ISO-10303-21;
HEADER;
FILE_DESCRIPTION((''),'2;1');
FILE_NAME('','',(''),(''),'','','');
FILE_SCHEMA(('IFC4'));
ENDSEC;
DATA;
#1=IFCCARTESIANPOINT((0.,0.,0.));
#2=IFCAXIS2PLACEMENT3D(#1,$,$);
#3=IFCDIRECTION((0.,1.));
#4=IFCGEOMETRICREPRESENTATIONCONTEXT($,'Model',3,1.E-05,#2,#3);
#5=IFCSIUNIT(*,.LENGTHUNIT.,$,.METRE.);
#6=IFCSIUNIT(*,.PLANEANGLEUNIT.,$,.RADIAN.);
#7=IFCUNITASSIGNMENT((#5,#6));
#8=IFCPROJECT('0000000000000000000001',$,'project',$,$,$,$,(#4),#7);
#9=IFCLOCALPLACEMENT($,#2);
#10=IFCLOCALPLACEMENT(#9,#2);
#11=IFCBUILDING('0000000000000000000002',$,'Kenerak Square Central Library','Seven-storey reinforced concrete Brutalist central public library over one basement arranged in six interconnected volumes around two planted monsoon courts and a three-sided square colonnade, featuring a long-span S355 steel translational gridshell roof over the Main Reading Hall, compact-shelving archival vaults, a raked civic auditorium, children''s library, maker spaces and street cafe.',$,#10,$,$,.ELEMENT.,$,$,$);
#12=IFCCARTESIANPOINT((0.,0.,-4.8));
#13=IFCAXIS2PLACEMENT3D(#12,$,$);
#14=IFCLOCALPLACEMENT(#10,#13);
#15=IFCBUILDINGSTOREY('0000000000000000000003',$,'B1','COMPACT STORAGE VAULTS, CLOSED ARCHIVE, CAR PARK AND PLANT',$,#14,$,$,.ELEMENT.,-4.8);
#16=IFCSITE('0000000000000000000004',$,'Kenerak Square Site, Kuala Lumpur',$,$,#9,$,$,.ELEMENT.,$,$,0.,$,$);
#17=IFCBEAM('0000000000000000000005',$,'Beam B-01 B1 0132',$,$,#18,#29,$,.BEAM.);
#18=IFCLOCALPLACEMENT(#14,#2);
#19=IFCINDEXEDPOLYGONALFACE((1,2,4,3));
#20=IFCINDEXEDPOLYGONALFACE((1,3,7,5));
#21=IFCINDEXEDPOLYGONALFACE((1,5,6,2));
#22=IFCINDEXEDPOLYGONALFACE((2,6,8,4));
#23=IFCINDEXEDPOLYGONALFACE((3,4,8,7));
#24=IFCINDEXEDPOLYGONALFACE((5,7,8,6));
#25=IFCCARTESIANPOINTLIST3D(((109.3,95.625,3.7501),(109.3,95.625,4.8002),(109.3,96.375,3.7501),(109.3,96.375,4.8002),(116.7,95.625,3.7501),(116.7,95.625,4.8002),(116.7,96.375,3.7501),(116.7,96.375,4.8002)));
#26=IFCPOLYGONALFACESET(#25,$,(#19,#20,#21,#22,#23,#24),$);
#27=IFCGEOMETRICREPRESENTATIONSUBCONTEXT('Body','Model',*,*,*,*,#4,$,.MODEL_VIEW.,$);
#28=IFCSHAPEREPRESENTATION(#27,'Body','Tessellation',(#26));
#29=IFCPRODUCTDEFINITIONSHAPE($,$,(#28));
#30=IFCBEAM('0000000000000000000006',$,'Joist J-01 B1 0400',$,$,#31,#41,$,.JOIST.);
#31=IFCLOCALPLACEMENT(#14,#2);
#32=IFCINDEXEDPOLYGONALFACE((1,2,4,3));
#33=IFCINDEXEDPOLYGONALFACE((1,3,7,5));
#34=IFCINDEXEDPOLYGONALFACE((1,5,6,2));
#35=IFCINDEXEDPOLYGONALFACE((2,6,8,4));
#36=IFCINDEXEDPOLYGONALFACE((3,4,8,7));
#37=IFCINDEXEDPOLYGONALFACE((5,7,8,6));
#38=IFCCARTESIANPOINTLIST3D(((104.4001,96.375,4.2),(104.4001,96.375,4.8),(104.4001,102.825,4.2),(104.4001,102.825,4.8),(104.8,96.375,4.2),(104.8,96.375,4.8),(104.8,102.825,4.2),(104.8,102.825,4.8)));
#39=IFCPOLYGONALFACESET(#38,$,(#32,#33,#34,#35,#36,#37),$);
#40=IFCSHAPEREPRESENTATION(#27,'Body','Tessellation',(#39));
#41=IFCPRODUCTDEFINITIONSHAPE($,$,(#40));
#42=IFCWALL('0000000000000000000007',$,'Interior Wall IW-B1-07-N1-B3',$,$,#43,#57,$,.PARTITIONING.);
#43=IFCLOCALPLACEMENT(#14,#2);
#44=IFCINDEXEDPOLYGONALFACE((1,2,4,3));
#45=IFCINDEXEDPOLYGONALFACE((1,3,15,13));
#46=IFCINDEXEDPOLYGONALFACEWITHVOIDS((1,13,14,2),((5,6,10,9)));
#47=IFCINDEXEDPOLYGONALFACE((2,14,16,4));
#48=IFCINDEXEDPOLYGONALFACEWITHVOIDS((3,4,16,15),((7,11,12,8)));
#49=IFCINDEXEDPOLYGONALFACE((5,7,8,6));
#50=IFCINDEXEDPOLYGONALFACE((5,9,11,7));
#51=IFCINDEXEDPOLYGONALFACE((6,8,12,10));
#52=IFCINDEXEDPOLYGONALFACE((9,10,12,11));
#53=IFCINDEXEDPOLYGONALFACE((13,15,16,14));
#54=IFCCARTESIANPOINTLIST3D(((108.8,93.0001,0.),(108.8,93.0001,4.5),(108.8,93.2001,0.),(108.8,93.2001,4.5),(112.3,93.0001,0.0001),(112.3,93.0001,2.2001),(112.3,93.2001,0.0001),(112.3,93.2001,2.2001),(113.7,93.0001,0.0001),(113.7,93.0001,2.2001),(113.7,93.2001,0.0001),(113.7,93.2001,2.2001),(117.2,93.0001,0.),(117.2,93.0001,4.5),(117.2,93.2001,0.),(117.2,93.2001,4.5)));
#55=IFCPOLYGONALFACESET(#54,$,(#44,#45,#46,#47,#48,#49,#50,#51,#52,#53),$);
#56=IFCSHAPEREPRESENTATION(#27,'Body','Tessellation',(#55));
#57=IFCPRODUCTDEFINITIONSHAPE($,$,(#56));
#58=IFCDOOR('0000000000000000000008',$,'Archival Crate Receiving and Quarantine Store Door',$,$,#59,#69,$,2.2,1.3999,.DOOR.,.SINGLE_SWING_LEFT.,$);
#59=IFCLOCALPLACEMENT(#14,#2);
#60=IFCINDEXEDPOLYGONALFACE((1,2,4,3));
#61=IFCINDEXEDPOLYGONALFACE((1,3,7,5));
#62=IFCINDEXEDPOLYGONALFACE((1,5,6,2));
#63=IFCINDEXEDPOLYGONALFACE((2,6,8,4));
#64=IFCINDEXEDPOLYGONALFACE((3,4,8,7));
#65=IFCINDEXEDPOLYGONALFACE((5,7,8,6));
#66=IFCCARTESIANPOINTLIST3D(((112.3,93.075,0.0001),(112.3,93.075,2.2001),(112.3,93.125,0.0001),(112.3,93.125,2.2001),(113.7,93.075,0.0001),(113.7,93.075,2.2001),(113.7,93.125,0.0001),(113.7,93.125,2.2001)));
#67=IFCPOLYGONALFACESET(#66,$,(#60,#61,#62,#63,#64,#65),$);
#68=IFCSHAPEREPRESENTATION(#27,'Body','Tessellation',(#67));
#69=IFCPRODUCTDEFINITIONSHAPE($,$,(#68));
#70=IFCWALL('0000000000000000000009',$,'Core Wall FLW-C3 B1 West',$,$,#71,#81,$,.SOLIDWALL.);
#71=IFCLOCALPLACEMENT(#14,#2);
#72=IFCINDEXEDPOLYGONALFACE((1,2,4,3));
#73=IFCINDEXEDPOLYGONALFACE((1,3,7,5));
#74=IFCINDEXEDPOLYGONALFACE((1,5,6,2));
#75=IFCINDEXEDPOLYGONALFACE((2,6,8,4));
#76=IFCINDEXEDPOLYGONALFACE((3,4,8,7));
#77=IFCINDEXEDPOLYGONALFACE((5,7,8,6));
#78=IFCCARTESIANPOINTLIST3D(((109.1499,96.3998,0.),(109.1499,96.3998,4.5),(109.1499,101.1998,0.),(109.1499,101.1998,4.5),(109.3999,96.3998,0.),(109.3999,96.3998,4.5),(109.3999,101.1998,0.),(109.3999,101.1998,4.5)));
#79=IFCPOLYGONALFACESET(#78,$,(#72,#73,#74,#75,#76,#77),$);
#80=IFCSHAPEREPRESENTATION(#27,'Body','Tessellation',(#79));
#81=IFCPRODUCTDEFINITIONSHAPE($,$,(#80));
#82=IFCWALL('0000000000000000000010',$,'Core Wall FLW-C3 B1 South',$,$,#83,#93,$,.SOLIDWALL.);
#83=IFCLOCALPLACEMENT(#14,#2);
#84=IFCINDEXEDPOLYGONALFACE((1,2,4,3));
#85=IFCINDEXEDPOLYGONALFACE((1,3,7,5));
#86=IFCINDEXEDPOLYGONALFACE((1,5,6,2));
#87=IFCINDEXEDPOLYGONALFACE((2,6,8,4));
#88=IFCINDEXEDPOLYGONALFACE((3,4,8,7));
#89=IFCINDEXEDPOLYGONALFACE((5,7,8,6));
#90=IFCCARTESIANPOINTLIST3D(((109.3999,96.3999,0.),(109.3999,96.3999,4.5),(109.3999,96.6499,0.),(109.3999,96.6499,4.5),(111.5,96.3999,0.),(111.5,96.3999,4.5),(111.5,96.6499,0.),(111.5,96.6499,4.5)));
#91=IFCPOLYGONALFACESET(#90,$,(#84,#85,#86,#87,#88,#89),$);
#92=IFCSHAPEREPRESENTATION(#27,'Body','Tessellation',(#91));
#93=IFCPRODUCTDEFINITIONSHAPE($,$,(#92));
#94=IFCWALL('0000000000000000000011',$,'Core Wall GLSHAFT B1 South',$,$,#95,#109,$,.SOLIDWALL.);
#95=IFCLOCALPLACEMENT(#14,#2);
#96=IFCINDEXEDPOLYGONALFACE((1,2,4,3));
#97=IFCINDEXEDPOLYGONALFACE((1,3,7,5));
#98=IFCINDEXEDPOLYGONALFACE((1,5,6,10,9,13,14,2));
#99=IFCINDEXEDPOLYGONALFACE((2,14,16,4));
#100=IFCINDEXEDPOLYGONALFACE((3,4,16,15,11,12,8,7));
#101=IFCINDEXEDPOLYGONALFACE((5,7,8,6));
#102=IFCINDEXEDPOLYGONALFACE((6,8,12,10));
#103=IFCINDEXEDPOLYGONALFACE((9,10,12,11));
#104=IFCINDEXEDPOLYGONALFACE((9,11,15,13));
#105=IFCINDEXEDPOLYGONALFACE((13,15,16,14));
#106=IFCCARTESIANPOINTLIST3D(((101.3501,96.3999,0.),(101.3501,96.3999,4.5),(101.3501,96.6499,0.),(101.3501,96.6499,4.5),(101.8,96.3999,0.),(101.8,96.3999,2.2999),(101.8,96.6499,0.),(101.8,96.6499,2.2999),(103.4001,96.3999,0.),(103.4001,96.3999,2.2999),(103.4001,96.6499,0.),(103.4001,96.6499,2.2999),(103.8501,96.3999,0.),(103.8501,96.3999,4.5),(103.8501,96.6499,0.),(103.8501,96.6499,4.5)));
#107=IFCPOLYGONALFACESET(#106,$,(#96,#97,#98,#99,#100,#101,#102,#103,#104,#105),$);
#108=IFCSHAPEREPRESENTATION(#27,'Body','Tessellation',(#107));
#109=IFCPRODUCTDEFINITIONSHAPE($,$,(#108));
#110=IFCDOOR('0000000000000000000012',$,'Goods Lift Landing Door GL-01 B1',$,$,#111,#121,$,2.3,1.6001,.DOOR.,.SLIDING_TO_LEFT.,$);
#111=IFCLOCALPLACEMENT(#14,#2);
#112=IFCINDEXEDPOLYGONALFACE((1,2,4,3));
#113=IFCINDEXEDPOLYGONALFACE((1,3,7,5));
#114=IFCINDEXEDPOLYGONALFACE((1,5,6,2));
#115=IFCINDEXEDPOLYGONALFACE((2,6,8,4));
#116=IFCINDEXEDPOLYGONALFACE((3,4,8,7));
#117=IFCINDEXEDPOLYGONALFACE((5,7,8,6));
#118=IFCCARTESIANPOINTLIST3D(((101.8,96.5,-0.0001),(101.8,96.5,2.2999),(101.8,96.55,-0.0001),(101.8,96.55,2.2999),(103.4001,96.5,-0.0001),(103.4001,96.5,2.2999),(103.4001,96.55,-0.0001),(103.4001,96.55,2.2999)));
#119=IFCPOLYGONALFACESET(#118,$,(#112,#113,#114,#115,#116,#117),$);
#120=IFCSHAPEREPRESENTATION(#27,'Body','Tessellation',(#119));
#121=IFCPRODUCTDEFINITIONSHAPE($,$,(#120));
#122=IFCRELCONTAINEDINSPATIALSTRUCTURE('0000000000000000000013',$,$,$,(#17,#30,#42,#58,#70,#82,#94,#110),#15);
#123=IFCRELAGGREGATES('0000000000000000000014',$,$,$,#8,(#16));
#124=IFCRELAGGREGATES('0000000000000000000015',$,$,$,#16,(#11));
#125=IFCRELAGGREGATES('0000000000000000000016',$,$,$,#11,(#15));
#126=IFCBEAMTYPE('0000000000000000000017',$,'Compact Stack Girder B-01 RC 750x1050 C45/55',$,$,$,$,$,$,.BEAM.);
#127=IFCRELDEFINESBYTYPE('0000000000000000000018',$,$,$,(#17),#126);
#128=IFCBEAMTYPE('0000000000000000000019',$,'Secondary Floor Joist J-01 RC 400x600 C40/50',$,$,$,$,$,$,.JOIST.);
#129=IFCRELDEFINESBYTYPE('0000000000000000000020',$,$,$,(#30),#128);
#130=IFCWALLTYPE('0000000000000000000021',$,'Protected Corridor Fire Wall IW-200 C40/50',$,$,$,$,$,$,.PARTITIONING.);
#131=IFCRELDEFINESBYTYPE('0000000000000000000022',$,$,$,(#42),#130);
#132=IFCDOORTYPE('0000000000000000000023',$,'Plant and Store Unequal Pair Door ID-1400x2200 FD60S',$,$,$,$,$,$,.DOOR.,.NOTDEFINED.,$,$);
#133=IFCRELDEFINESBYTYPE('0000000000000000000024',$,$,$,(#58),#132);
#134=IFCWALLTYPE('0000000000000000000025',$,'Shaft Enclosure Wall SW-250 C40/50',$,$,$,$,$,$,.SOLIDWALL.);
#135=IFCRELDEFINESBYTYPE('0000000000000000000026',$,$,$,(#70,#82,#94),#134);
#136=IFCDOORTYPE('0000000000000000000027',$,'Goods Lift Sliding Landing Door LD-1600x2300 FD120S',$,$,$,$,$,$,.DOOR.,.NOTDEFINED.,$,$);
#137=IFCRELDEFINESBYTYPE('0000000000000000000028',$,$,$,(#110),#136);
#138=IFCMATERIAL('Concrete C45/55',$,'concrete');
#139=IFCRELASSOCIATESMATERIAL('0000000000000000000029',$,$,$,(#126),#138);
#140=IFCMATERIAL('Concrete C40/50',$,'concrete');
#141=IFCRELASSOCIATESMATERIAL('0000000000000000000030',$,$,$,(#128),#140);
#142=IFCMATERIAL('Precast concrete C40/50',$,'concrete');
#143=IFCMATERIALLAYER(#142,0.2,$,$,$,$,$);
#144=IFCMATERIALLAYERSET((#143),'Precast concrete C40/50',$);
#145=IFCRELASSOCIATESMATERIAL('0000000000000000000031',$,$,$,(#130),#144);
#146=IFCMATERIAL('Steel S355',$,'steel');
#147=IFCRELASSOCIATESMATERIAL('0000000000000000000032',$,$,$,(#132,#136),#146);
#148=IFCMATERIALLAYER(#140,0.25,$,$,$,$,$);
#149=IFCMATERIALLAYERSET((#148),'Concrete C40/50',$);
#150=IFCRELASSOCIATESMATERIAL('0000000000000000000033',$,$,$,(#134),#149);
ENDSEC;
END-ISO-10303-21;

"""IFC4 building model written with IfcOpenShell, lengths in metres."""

from ifc_helpers import new_model, si_unit, direction, frame, frame_2d, origin, origin_2d, place, context, subcontext, project, spatial, rectangle, extrude, material, layer, layer_set, material_profile, profile_set, type_object, element, fill, save


model = new_model("IFC4")

# Units and contexts
model_context = context("Model", 3, precision=1e-05, world=origin(), true_north=direction((0.0, 1.0)))
body_context = subcontext(model_context, "Body", "Model", "MODEL_VIEW")
ifc_project = project(units=[si_unit("LENGTHUNIT", "METRE"), si_unit("PLANEANGLEUNIT", "RADIAN")], contexts=[model_context])

# Site, building, storey
site_placement = place(None, origin())
site = spatial("IfcSite", under=ifc_project, at=site_placement, Name="Kenerak Square Site, Kuala Lumpur", CompositionType="ELEMENT", RefElevation=0.0)
building_placement = place(site_placement, origin())
building = spatial("IfcBuilding", under=site, at=building_placement, Name="Kenerak Square Central Library", Description="Seven-storey reinforced concrete Brutalist central public library over one basement arranged in six interconnected volumes around two planted monsoon courts and a three-sided square colonnade, featuring a long-span S355 steel translational gridshell roof over the Main Reading Hall, compact-shelving archival vaults, a raked civic auditorium, children's library, maker spaces and street cafe.", CompositionType="ELEMENT")
storey_placement = place(building_placement, frame((0.0, 0.0, -4.8)))
storey = spatial("IfcBuildingStorey", under=building, at=storey_placement, Name="B1", Description="COMPACT STORAGE VAULTS, CLOSED ARCHIVE, CAR PARK AND PLANT", CompositionType="ELEMENT", Elevation=-4.8)

# Shared definitions
ifc_material_1 = material(Name="Concrete C40/50", Category="concrete")

# Shared definitions
ifc_material_2 = material(Name="Concrete C45/55", Category="concrete")

# Beams
ifc_material_profile_1 = material_profile(ifc_material_2, rectangle(XDim=0.75, YDim=1.05, at=origin_2d()), Name="RC 750x1050")
ifc_profile_set_1 = profile_set([ifc_material_profile_1], Name="Concrete C45/55")
beam_type_1 = type_object("IfcBeamType", Name="Compact Stack Girder B-01 RC 750x1050 C45/55", PredefinedType="BEAM", material=ifc_profile_set_1)
beam_1_placement = place(storey_placement, frame((109.3, 96.0, 4.2751), z_axis=(1.0, 0.0, 0.0), x_axis=(0.0, 1.0, 0.0)))
element("IfcBeam", 1, at=beam_1_placement, inside=storey, type_object=beam_type_1, Name="Beam B-01 B1 0132", PredefinedType="BEAM", context=body_context, shape_type="SweptSolid", body=[
    extrude(rectangle(XDim=0.75, YDim=1.05, at=origin_2d()), origin(), (0.0, 0.0, 1.0), 7.3999),
])
ifc_material_profile_2 = material_profile(ifc_material_1, rectangle(XDim=0.3999, YDim=0.6001, at=origin_2d()), Name="RC 400x600")
ifc_profile_set_2 = profile_set([ifc_material_profile_2], Name="Concrete C40/50")
beam_type_2 = type_object("IfcBeamType", Name="Secondary Floor Joist J-01 RC 400x600 C40/50", PredefinedType="JOIST", material=ifc_profile_set_2)
beam_2_placement = place(storey_placement, frame((104.6001, 96.375, 4.5), z_axis=(0.0, 1.0, 0.0), x_axis=(-1.0, 0.0, 0.0)))
element("IfcBeam", 2, at=beam_2_placement, inside=storey, type_object=beam_type_2, Name="Joist J-01 B1 0400", PredefinedType="JOIST", context=body_context, shape_type="SweptSolid", body=[
    extrude(rectangle(XDim=0.3999, YDim=0.6001, at=origin_2d()), origin(), (0.0, 0.0, 1.0), 6.45),
])

# Wall, opening, door
ifc_material_3 = material(Name="Precast concrete C40/50", Category="concrete")
ifc_layer_1 = layer(ifc_material_3, 0.2)
ifc_layer_set_1 = layer_set([ifc_layer_1], Name="Precast concrete C40/50")
wall_type_1 = type_object("IfcWallType", Name="Protected Corridor Fire Wall IW-200 C40/50", PredefinedType="PARTITIONING", material=ifc_layer_set_1)
wall_1_placement = place(storey_placement, frame((108.8, 93.1001, 0.0), z_axis=(0.0, 0.0, 1.0), x_axis=(1.0, 0.0, 0.0)))
wall_1 = element("IfcWall", 3, at=wall_1_placement, inside=storey, type_object=wall_type_1, Name="Interior Wall IW-B1-07-N1-B3", PredefinedType="PARTITIONING", context=body_context, shape_type="SweptSolid", body=[
    extrude(rectangle(XDim=8.3999, YDim=0.2, at=frame_2d((4.2, 0.0))), origin(), (0.0, 0.0, 1.0), 4.5),
])
opening_1_placement = place(wall_1_placement, frame((3.5, 0.0, 0.0)))
opening_1 = element("IfcOpeningElement", 4, at=opening_1_placement, cuts=wall_1, PredefinedType="OPENING", context=body_context, shape_type="SweptSolid", body=[
    extrude(rectangle(XDim=1.3999, YDim=2.2, at=frame_2d((0.7, 1.1001))), frame((0.0, 0.1099, 0.0), z_axis=(0.0, -1.0, 0.0), x_axis=(1.0, 0.0, 0.0)), (0.0, 0.0, 1.0), 0.22),
])
ifc_material_4 = material(Name="Steel S355", Category="steel")
door_type_1 = type_object("IfcDoorType", Name="Plant and Store Unequal Pair Door ID-1400x2200 FD60S", OperationType="NOTDEFINED", PredefinedType="DOOR", material=ifc_material_4)
door_1_placement = place(opening_1_placement, origin())
door_1 = element("IfcDoor", 5, at=door_1_placement, inside=storey, type_object=door_type_1, Name="Archival Crate Receiving and Quarantine Store Door", OperationType="SINGLE_SWING_LEFT", OverallHeight=2.2, OverallWidth=1.3999, PredefinedType="DOOR", context=body_context, shape_type="SweptSolid", body=[
    extrude(rectangle(XDim=1.3999, YDim=2.2, at=frame_2d((0.7, 1.1001))), frame((0.0, 0.0249, 0.0), z_axis=(0.0, -1.0, 0.0), x_axis=(1.0, 0.0, 0.0)), (0.0, 0.0, 1.0), 0.05),
])
fill(opening_1, door_1)

# Walls
ifc_layer_2 = layer(ifc_material_1, 0.25)
ifc_layer_set_2 = layer_set([ifc_layer_2], Name="Concrete C40/50")
wall_type_2 = type_object("IfcWallType", Name="Shaft Enclosure Wall SW-250 C40/50", PredefinedType="SOLIDWALL", material=ifc_layer_set_2)
wall_2_placement = place(storey_placement, frame((109.2749, 96.3999, 0.0), z_axis=(0.0, 0.0, 1.0), x_axis=(0.0, 1.0, 0.0)))
element("IfcWall", 6, at=wall_2_placement, inside=storey, type_object=wall_type_2, Name="Core Wall FLW-C3 B1 West", PredefinedType="SOLIDWALL", context=body_context, shape_type="SweptSolid", body=[
    extrude(rectangle(XDim=4.8, YDim=0.25, at=frame_2d((2.3999, 0.0))), origin(), (0.0, 0.0, 1.0), 4.5),
])
wall_3_placement = place(storey_placement, frame((111.5, 96.5249, 0.0), z_axis=(0.0, 0.0, 1.0), x_axis=(-1.0, 0.0, 0.0)))
element("IfcWall", 7, at=wall_3_placement, inside=storey, type_object=wall_type_2, Name="Core Wall FLW-C3 B1 South", PredefinedType="SOLIDWALL", context=body_context, shape_type="SweptSolid", body=[
    extrude(rectangle(XDim=2.1001, YDim=0.25, at=frame_2d((1.05, 0.0))), origin(), (0.0, 0.0, 1.0), 4.5),
])

# Wall, opening, door
wall_4_placement = place(storey_placement, frame((103.8501, 96.5249, 0.0), z_axis=(0.0, 0.0, 1.0), x_axis=(-1.0, 0.0, 0.0)))
wall_4 = element("IfcWall", 8, at=wall_4_placement, inside=storey, type_object=wall_type_2, Name="Core Wall GLSHAFT B1 South", PredefinedType="SOLIDWALL", context=body_context, shape_type="SweptSolid", body=[
    extrude(rectangle(XDim=2.5, YDim=0.25, at=frame_2d((1.25, 0.0))), origin(), (0.0, 0.0, 1.0), 4.5),
])
opening_2_placement = place(wall_4_placement, frame((0.45, 0.0, 0.0)))
opening_2 = element("IfcOpeningElement", 9, at=opening_2_placement, cuts=wall_4, PredefinedType="OPENING", context=body_context, shape_type="SweptSolid", body=[
    extrude(rectangle(XDim=1.6001, YDim=2.3, at=frame_2d((0.8, 1.1499))), frame((0.0, 0.135, 0.0), z_axis=(0.0, -1.0, 0.0), x_axis=(1.0, 0.0, 0.0)), (0.0, 0.0, 1.0), 0.27),
])
door_type_2 = type_object("IfcDoorType", Name="Goods Lift Sliding Landing Door LD-1600x2300 FD120S", OperationType="NOTDEFINED", PredefinedType="DOOR", material=ifc_material_4)
door_2_placement = place(opening_2_placement, origin())
door_2 = element("IfcDoor", 10, at=door_2_placement, inside=storey, type_object=door_type_2, Name="Goods Lift Landing Door GL-01 B1", OperationType="SLIDING_TO_LEFT", OverallHeight=2.3, OverallWidth=1.6001, PredefinedType="DOOR", context=body_context, shape_type="SweptSolid", body=[
    extrude(rectangle(XDim=1.6001, YDim=2.3, at=frame_2d((0.8, 1.1499))), frame((0.0, 0.0249, 0.0), z_axis=(0.0, -1.0, 0.0), x_axis=(1.0, 0.0, 0.0)), (0.0, 0.0, 1.0), 0.05),
])
fill(opening_2, door_2)

save(model, "model.ifc")
